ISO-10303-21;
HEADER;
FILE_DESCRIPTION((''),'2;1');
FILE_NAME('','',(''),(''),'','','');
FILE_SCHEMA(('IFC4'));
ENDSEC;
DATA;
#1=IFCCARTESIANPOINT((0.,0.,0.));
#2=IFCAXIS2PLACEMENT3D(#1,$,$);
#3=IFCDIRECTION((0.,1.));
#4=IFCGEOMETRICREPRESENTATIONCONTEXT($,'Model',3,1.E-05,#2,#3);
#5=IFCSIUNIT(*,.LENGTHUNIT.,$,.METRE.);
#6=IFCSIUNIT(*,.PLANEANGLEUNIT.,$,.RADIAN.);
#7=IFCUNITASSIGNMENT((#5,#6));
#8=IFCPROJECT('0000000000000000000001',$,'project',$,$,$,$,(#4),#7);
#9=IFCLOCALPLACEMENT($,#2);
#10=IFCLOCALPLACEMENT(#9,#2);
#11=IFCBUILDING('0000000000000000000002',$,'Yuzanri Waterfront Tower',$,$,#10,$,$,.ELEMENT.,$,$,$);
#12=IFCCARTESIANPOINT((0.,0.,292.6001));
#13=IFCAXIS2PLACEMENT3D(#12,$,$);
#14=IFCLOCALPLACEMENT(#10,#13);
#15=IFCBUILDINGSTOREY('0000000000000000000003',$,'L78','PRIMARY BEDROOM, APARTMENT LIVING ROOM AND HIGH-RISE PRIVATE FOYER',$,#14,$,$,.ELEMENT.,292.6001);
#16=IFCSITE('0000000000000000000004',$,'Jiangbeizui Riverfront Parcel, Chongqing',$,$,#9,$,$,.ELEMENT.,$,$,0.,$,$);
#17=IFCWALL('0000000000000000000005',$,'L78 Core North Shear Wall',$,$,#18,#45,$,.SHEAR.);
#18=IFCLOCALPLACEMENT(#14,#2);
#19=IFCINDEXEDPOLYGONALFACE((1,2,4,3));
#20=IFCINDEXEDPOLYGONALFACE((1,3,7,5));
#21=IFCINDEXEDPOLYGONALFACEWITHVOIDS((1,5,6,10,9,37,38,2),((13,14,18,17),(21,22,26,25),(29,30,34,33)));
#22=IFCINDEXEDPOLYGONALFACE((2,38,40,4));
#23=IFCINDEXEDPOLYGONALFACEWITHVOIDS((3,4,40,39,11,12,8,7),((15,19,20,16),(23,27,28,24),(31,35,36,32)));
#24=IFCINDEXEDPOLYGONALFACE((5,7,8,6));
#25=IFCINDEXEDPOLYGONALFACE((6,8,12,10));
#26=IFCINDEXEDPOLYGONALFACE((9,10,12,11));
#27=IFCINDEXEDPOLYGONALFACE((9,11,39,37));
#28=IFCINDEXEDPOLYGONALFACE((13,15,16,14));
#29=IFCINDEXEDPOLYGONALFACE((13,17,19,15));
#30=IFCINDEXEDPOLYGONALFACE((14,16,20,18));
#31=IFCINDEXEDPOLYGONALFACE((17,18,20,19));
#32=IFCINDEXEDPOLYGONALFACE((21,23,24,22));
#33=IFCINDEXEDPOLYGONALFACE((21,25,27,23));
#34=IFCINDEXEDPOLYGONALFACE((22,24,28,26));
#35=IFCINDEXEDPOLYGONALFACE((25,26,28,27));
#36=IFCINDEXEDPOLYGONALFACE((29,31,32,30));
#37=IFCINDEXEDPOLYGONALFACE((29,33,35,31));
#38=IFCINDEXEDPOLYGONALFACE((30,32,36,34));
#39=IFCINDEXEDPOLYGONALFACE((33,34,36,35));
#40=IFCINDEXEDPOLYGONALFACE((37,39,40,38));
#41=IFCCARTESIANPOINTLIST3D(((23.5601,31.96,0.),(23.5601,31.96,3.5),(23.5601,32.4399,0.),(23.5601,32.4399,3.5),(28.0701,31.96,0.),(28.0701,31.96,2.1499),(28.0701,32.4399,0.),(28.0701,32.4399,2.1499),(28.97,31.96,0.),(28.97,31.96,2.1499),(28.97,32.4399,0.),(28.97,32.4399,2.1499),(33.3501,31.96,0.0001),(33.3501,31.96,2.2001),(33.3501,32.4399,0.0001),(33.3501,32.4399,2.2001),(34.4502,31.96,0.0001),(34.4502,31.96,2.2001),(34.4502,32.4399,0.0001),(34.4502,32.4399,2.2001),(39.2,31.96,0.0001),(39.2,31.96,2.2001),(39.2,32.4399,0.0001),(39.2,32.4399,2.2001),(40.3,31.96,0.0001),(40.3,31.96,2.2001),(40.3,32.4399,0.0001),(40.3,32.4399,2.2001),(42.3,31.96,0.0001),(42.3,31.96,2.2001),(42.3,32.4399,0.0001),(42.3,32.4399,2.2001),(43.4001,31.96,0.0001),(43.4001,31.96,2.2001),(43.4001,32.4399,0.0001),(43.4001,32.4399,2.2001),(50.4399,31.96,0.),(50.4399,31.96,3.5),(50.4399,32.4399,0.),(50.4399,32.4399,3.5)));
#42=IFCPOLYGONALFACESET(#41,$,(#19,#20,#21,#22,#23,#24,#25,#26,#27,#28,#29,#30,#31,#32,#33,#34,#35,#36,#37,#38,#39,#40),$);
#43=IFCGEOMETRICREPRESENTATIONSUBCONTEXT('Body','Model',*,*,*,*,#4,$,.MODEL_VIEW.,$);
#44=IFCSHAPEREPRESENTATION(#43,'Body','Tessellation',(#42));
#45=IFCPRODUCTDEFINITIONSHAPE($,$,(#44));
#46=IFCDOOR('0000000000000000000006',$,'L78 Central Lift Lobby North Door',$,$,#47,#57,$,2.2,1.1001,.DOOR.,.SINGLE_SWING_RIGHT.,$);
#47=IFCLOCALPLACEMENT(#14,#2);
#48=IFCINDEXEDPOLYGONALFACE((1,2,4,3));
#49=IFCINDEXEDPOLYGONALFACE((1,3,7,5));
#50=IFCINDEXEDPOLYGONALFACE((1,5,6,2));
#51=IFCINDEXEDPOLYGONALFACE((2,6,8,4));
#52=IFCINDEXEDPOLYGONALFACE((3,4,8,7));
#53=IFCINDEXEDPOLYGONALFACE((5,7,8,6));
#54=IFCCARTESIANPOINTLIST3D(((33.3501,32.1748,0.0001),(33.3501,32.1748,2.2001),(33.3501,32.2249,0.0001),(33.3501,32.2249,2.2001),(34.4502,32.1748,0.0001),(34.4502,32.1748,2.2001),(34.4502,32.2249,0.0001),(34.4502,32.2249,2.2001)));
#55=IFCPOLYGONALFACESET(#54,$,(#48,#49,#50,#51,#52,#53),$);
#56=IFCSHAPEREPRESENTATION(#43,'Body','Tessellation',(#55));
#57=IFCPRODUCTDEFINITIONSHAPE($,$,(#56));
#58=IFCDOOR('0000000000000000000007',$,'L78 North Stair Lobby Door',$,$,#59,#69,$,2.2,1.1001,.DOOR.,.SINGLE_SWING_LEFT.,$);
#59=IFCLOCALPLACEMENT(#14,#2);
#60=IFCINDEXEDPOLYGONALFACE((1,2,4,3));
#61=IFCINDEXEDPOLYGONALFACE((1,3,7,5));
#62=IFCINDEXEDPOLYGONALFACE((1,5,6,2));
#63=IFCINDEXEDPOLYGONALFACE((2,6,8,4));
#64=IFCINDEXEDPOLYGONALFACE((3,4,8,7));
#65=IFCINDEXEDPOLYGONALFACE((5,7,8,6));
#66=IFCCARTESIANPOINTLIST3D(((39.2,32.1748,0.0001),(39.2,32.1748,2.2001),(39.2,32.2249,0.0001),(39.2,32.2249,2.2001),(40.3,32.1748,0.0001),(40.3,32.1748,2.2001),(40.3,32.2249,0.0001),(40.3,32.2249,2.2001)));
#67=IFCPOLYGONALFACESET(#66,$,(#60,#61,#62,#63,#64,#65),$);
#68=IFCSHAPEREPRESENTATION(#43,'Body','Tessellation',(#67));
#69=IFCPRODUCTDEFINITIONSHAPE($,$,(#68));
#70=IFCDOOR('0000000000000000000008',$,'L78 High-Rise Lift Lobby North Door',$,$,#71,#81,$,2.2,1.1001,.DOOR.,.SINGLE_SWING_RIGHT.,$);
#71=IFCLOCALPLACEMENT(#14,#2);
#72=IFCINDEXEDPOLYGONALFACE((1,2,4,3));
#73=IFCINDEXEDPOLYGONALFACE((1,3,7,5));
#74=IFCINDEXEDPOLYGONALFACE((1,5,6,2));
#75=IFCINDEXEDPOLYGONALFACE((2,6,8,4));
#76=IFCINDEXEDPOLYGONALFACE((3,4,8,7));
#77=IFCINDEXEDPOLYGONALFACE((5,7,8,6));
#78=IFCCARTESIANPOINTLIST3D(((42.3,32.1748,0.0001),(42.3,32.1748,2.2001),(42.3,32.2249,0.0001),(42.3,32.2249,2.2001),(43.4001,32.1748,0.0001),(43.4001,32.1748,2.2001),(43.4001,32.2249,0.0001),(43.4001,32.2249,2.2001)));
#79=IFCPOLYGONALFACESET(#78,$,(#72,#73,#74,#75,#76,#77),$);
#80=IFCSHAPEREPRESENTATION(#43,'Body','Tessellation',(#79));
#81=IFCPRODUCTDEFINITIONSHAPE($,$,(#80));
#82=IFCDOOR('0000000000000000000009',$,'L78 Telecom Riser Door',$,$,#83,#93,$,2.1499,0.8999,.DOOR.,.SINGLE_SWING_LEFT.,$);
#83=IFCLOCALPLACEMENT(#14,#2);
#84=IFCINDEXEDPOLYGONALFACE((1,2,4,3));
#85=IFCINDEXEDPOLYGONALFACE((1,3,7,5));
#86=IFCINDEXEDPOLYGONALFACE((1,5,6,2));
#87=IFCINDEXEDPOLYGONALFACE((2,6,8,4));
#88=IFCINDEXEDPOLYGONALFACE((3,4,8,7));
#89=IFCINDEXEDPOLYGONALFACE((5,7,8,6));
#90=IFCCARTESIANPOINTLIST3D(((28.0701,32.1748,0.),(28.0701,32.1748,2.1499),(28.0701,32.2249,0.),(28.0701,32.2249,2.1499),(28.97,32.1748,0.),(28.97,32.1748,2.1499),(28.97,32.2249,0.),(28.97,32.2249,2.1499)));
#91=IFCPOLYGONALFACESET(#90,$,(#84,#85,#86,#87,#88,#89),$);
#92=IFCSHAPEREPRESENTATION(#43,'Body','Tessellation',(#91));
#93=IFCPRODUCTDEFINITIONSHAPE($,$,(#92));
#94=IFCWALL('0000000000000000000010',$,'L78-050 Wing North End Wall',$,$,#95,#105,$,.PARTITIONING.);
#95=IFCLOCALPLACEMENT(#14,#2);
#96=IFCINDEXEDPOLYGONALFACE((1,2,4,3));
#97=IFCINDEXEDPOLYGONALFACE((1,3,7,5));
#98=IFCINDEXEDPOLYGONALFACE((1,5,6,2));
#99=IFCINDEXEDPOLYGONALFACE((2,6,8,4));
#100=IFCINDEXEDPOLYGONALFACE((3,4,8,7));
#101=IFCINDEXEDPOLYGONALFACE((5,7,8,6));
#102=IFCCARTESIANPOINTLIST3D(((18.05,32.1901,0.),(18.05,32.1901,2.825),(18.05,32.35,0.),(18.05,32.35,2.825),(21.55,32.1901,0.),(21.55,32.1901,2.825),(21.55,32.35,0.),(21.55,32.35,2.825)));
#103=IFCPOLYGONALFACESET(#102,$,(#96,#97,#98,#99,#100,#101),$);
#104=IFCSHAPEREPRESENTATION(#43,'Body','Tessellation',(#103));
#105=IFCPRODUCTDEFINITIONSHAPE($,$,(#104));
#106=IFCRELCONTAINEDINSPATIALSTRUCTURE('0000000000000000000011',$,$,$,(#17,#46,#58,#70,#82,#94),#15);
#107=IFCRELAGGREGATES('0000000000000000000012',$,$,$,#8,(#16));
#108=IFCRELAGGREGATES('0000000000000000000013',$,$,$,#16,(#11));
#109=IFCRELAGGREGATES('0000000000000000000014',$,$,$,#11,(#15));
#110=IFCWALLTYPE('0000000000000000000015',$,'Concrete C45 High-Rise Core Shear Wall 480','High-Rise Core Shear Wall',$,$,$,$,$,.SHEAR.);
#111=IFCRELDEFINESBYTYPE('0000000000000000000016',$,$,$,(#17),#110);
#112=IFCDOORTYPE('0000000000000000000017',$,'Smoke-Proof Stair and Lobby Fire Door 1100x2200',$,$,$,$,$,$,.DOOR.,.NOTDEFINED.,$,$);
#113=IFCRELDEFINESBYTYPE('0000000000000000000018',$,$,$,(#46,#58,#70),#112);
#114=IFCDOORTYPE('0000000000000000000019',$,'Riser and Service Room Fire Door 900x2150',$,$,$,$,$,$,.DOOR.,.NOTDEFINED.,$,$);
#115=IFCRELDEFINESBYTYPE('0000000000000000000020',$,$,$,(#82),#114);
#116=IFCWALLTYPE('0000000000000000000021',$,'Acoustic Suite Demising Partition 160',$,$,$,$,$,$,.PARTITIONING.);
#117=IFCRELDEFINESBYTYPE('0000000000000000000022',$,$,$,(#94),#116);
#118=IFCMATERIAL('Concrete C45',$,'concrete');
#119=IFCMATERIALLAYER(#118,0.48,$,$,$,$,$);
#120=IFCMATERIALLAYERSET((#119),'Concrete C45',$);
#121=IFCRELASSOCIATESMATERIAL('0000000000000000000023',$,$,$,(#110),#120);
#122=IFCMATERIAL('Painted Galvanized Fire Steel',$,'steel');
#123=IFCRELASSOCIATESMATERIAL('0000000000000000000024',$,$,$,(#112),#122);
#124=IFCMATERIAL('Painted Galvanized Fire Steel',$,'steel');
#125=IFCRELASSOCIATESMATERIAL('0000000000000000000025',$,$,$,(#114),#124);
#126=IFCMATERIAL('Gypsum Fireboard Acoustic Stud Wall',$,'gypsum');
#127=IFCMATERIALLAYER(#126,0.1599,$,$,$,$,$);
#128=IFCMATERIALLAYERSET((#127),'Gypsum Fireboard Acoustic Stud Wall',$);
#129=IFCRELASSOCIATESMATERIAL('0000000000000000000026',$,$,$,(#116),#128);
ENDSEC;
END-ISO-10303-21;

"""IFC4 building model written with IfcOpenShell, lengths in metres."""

from ifc_helpers import new_model, si_unit, direction, frame, frame_2d, origin, place, context, subcontext, project, spatial, rectangle, extrude, source, transform, mapped, material, layer, layer_set, type_object, element, fill, save


model = new_model("IFC4")

# Units and contexts
model_context = context("Model", 3, precision=1e-05, world=origin(), true_north=direction((0.0, 1.0)))
body_context = subcontext(model_context, "Body", "Model", "MODEL_VIEW")
ifc_project = project(units=[si_unit("LENGTHUNIT", "METRE"), si_unit("PLANEANGLEUNIT", "RADIAN")], contexts=[model_context])

# Site, building, storey
site_placement = place(None, origin())
site = spatial("IfcSite", under=ifc_project, at=site_placement, Name="Jiangbeizui Riverfront Parcel, Chongqing", CompositionType="ELEMENT", RefElevation=0.0)
building_placement = place(site_placement, origin())
building = spatial("IfcBuilding", under=site, at=building_placement, Name="Yuzanri Waterfront Tower", CompositionType="ELEMENT")
storey_placement = place(building_placement, frame((0.0, 0.0, 292.6001)))
storey = spatial("IfcBuildingStorey", under=building, at=storey_placement, Name="L78", Description="PRIMARY BEDROOM, APARTMENT LIVING ROOM AND HIGH-RISE PRIVATE FOYER", CompositionType="ELEMENT", Elevation=292.6001)

# Wall, openings, doors
ifc_material_1 = material(Name="Concrete C45", Category="concrete")
ifc_layer_1 = layer(ifc_material_1, 0.48)
ifc_layer_set_1 = layer_set([ifc_layer_1], Name="Concrete C45")
wall_type_1 = type_object("IfcWallType", Name="Concrete C45 High-Rise Core Shear Wall 480", Description="High-Rise Core Shear Wall", PredefinedType="SHEAR", material=ifc_layer_set_1)
wall_1_placement = place(storey_placement, frame((23.5601, 32.2, 0.0), z_axis=(0.0, 0.0, 1.0), x_axis=(1.0, 0.0, 0.0)))
wall_1 = element("IfcWall", 1, at=wall_1_placement, inside=storey, type_object=wall_type_1, Name="L78 Core North Shear Wall", PredefinedType="SHEAR", context=body_context, shape_type="SweptSolid", body=[
    extrude(rectangle(XDim=26.8799, YDim=0.48, at=frame_2d((13.4399, 0.0))), origin(), (0.0, 0.0, 1.0), 3.5),
])
opening_1_placement = place(wall_1_placement, frame((4.51, 0.0, 0.0)))
opening_1 = element("IfcOpeningElement", 2, at=opening_1_placement, cuts=wall_1, PredefinedType="OPENING", context=body_context, shape_type="SweptSolid", body=[
    extrude(rectangle(XDim=0.8999, YDim=2.1499, at=frame_2d((0.45, 1.075))), frame((0.0, 0.2549, 0.0), z_axis=(0.0, -1.0, 0.0), x_axis=(1.0, 0.0, 0.0)), (0.0, 0.0, 1.0), 0.5098),
])
opening_2_placement = place(wall_1_placement, frame((9.79, 0.0, 0.0)))
opening_2 = element("IfcOpeningElement", 3, at=opening_2_placement, cuts=wall_1, PredefinedType="OPENING", context=body_context, shape_type="SweptSolid", body=[
    extrude(rectangle(XDim=1.1001, YDim=2.2, at=frame_2d((0.55, 1.1001))), frame((0.0, 0.2549, 0.0), z_axis=(0.0, -1.0, 0.0), x_axis=(1.0, 0.0, 0.0)), (0.0, 0.0, 1.0), 0.5098),
])
opening_3_placement = place(wall_1_placement, frame((15.6399, 0.0, 0.0)))
opening_3 = element("IfcOpeningElement", 4, at=opening_3_placement, cuts=wall_1, PredefinedType="OPENING", context=body_context, shape_type="SweptSolid", body=[
    extrude(rectangle(XDim=1.1001, YDim=2.2, at=frame_2d((0.55, 1.1001))), frame((0.0, 0.2549, 0.0), z_axis=(0.0, -1.0, 0.0), x_axis=(1.0, 0.0, 0.0)), (0.0, 0.0, 1.0), 0.5098),
])
opening_4_placement = place(wall_1_placement, frame((18.74, 0.0, 0.0)))
opening_4 = element("IfcOpeningElement", 5, at=opening_4_placement, cuts=wall_1, PredefinedType="OPENING", context=body_context, shape_type="SweptSolid", body=[
    extrude(rectangle(XDim=1.1001, YDim=2.2, at=frame_2d((0.55, 1.1001))), frame((0.0, 0.2549, 0.0), z_axis=(0.0, -1.0, 0.0), x_axis=(1.0, 0.0, 0.0)), (0.0, 0.0, 1.0), 0.5098),
])
ifc_material_2 = material(Name="Painted Galvanized Fire Steel", Category="steel")
door_type_1 = type_object("IfcDoorType", Name="Smoke-Proof Stair and Lobby Fire Door 1100x2200", OperationType="NOTDEFINED", PredefinedType="DOOR", material=ifc_material_2)
shared_shape_1 = source(origin(), body_context, "Body", "SweptSolid", [
    extrude(rectangle(XDim=1.1001, YDim=2.2, at=frame_2d((0.55, 1.1001))), frame((0.0, 0.0249, 0.0), z_axis=(0.0, -1.0, 0.0), x_axis=(1.0, 0.0, 0.0)), (0.0, 0.0, 1.0), 0.05),
])
door_1_placement = place(opening_2_placement, origin())
door_1 = element("IfcDoor", 6, at=door_1_placement, inside=storey, type_object=door_type_1, Name="L78 Central Lift Lobby North Door", OperationType="SINGLE_SWING_RIGHT", OverallHeight=2.2, OverallWidth=1.1001, PredefinedType="DOOR", context=body_context, shape_type="MappedRepresentation", body=[
    mapped(shared_shape_1, transform((0.0, 0.0, 0.0), scale=1.0)),
])
fill(opening_2, door_1)
door_2_placement = place(opening_3_placement, origin())
door_2 = element("IfcDoor", 7, at=door_2_placement, inside=storey, type_object=door_type_1, Name="L78 North Stair Lobby Door", OperationType="SINGLE_SWING_LEFT", OverallHeight=2.2, OverallWidth=1.1001, PredefinedType="DOOR", context=body_context, shape_type="MappedRepresentation", body=[
    mapped(shared_shape_1, transform((0.0, 0.0, 0.0), scale=1.0)),
])
fill(opening_3, door_2)
door_3_placement = place(opening_4_placement, origin())
door_3 = element("IfcDoor", 8, at=door_3_placement, inside=storey, type_object=door_type_1, Name="L78 High-Rise Lift Lobby North Door", OperationType="SINGLE_SWING_RIGHT", OverallHeight=2.2, OverallWidth=1.1001, PredefinedType="DOOR", context=body_context, shape_type="MappedRepresentation", body=[
    mapped(shared_shape_1, transform((0.0, 0.0, 0.0), scale=1.0)),
])
fill(opening_4, door_3)
ifc_material_3 = material(Name="Painted Galvanized Fire Steel", Category="steel")
door_type_2 = type_object("IfcDoorType", Name="Riser and Service Room Fire Door 900x2150", OperationType="NOTDEFINED", PredefinedType="DOOR", material=ifc_material_3)
shared_shape_2 = source(origin(), body_context, "Body", "SweptSolid", [
    extrude(rectangle(XDim=0.8999, YDim=2.1499, at=frame_2d((0.45, 1.075))), frame((0.0, 0.0249, 0.0), z_axis=(0.0, -1.0, 0.0), x_axis=(1.0, 0.0, 0.0)), (0.0, 0.0, 1.0), 0.05),
])
door_4_placement = place(opening_1_placement, origin())
door_4 = element("IfcDoor", 9, at=door_4_placement, inside=storey, type_object=door_type_2, Name="L78 Telecom Riser Door", OperationType="SINGLE_SWING_LEFT", OverallHeight=2.1499, OverallWidth=0.8999, PredefinedType="DOOR", context=body_context, shape_type="MappedRepresentation", body=[
    mapped(shared_shape_2, transform((0.0, 0.0, 0.0), scale=1.0)),
])
fill(opening_1, door_4)

# Wall
ifc_material_4 = material(Name="Gypsum Fireboard Acoustic Stud Wall", Category="gypsum")
ifc_layer_2 = layer(ifc_material_4, 0.1599)
ifc_layer_set_2 = layer_set([ifc_layer_2], Name="Gypsum Fireboard Acoustic Stud Wall")
wall_type_2 = type_object("IfcWallType", Name="Acoustic Suite Demising Partition 160", PredefinedType="PARTITIONING", material=ifc_layer_set_2)
shared_shape_3 = source(origin(), body_context, "Body", "SweptSolid", [
    extrude(rectangle(XDim=3.5, YDim=0.1599, at=frame_2d((1.75, 0.0))), origin(), (0.0, 0.0, 1.0), 2.825),
])
wall_2_placement = place(storey_placement, frame((18.05, 32.27, 0.0), z_axis=(0.0, 0.0, 1.0), x_axis=(1.0, 0.0, 0.0)))
element("IfcWall", 10, at=wall_2_placement, inside=storey, type_object=wall_type_2, Name="L78-050 Wing North End Wall", PredefinedType="PARTITIONING", context=body_context, shape_type="MappedRepresentation", body=[
    mapped(shared_shape_3, transform((0.0, 0.0, 0.0), scale=1.0)),
])

save(model, "model.ifc")
